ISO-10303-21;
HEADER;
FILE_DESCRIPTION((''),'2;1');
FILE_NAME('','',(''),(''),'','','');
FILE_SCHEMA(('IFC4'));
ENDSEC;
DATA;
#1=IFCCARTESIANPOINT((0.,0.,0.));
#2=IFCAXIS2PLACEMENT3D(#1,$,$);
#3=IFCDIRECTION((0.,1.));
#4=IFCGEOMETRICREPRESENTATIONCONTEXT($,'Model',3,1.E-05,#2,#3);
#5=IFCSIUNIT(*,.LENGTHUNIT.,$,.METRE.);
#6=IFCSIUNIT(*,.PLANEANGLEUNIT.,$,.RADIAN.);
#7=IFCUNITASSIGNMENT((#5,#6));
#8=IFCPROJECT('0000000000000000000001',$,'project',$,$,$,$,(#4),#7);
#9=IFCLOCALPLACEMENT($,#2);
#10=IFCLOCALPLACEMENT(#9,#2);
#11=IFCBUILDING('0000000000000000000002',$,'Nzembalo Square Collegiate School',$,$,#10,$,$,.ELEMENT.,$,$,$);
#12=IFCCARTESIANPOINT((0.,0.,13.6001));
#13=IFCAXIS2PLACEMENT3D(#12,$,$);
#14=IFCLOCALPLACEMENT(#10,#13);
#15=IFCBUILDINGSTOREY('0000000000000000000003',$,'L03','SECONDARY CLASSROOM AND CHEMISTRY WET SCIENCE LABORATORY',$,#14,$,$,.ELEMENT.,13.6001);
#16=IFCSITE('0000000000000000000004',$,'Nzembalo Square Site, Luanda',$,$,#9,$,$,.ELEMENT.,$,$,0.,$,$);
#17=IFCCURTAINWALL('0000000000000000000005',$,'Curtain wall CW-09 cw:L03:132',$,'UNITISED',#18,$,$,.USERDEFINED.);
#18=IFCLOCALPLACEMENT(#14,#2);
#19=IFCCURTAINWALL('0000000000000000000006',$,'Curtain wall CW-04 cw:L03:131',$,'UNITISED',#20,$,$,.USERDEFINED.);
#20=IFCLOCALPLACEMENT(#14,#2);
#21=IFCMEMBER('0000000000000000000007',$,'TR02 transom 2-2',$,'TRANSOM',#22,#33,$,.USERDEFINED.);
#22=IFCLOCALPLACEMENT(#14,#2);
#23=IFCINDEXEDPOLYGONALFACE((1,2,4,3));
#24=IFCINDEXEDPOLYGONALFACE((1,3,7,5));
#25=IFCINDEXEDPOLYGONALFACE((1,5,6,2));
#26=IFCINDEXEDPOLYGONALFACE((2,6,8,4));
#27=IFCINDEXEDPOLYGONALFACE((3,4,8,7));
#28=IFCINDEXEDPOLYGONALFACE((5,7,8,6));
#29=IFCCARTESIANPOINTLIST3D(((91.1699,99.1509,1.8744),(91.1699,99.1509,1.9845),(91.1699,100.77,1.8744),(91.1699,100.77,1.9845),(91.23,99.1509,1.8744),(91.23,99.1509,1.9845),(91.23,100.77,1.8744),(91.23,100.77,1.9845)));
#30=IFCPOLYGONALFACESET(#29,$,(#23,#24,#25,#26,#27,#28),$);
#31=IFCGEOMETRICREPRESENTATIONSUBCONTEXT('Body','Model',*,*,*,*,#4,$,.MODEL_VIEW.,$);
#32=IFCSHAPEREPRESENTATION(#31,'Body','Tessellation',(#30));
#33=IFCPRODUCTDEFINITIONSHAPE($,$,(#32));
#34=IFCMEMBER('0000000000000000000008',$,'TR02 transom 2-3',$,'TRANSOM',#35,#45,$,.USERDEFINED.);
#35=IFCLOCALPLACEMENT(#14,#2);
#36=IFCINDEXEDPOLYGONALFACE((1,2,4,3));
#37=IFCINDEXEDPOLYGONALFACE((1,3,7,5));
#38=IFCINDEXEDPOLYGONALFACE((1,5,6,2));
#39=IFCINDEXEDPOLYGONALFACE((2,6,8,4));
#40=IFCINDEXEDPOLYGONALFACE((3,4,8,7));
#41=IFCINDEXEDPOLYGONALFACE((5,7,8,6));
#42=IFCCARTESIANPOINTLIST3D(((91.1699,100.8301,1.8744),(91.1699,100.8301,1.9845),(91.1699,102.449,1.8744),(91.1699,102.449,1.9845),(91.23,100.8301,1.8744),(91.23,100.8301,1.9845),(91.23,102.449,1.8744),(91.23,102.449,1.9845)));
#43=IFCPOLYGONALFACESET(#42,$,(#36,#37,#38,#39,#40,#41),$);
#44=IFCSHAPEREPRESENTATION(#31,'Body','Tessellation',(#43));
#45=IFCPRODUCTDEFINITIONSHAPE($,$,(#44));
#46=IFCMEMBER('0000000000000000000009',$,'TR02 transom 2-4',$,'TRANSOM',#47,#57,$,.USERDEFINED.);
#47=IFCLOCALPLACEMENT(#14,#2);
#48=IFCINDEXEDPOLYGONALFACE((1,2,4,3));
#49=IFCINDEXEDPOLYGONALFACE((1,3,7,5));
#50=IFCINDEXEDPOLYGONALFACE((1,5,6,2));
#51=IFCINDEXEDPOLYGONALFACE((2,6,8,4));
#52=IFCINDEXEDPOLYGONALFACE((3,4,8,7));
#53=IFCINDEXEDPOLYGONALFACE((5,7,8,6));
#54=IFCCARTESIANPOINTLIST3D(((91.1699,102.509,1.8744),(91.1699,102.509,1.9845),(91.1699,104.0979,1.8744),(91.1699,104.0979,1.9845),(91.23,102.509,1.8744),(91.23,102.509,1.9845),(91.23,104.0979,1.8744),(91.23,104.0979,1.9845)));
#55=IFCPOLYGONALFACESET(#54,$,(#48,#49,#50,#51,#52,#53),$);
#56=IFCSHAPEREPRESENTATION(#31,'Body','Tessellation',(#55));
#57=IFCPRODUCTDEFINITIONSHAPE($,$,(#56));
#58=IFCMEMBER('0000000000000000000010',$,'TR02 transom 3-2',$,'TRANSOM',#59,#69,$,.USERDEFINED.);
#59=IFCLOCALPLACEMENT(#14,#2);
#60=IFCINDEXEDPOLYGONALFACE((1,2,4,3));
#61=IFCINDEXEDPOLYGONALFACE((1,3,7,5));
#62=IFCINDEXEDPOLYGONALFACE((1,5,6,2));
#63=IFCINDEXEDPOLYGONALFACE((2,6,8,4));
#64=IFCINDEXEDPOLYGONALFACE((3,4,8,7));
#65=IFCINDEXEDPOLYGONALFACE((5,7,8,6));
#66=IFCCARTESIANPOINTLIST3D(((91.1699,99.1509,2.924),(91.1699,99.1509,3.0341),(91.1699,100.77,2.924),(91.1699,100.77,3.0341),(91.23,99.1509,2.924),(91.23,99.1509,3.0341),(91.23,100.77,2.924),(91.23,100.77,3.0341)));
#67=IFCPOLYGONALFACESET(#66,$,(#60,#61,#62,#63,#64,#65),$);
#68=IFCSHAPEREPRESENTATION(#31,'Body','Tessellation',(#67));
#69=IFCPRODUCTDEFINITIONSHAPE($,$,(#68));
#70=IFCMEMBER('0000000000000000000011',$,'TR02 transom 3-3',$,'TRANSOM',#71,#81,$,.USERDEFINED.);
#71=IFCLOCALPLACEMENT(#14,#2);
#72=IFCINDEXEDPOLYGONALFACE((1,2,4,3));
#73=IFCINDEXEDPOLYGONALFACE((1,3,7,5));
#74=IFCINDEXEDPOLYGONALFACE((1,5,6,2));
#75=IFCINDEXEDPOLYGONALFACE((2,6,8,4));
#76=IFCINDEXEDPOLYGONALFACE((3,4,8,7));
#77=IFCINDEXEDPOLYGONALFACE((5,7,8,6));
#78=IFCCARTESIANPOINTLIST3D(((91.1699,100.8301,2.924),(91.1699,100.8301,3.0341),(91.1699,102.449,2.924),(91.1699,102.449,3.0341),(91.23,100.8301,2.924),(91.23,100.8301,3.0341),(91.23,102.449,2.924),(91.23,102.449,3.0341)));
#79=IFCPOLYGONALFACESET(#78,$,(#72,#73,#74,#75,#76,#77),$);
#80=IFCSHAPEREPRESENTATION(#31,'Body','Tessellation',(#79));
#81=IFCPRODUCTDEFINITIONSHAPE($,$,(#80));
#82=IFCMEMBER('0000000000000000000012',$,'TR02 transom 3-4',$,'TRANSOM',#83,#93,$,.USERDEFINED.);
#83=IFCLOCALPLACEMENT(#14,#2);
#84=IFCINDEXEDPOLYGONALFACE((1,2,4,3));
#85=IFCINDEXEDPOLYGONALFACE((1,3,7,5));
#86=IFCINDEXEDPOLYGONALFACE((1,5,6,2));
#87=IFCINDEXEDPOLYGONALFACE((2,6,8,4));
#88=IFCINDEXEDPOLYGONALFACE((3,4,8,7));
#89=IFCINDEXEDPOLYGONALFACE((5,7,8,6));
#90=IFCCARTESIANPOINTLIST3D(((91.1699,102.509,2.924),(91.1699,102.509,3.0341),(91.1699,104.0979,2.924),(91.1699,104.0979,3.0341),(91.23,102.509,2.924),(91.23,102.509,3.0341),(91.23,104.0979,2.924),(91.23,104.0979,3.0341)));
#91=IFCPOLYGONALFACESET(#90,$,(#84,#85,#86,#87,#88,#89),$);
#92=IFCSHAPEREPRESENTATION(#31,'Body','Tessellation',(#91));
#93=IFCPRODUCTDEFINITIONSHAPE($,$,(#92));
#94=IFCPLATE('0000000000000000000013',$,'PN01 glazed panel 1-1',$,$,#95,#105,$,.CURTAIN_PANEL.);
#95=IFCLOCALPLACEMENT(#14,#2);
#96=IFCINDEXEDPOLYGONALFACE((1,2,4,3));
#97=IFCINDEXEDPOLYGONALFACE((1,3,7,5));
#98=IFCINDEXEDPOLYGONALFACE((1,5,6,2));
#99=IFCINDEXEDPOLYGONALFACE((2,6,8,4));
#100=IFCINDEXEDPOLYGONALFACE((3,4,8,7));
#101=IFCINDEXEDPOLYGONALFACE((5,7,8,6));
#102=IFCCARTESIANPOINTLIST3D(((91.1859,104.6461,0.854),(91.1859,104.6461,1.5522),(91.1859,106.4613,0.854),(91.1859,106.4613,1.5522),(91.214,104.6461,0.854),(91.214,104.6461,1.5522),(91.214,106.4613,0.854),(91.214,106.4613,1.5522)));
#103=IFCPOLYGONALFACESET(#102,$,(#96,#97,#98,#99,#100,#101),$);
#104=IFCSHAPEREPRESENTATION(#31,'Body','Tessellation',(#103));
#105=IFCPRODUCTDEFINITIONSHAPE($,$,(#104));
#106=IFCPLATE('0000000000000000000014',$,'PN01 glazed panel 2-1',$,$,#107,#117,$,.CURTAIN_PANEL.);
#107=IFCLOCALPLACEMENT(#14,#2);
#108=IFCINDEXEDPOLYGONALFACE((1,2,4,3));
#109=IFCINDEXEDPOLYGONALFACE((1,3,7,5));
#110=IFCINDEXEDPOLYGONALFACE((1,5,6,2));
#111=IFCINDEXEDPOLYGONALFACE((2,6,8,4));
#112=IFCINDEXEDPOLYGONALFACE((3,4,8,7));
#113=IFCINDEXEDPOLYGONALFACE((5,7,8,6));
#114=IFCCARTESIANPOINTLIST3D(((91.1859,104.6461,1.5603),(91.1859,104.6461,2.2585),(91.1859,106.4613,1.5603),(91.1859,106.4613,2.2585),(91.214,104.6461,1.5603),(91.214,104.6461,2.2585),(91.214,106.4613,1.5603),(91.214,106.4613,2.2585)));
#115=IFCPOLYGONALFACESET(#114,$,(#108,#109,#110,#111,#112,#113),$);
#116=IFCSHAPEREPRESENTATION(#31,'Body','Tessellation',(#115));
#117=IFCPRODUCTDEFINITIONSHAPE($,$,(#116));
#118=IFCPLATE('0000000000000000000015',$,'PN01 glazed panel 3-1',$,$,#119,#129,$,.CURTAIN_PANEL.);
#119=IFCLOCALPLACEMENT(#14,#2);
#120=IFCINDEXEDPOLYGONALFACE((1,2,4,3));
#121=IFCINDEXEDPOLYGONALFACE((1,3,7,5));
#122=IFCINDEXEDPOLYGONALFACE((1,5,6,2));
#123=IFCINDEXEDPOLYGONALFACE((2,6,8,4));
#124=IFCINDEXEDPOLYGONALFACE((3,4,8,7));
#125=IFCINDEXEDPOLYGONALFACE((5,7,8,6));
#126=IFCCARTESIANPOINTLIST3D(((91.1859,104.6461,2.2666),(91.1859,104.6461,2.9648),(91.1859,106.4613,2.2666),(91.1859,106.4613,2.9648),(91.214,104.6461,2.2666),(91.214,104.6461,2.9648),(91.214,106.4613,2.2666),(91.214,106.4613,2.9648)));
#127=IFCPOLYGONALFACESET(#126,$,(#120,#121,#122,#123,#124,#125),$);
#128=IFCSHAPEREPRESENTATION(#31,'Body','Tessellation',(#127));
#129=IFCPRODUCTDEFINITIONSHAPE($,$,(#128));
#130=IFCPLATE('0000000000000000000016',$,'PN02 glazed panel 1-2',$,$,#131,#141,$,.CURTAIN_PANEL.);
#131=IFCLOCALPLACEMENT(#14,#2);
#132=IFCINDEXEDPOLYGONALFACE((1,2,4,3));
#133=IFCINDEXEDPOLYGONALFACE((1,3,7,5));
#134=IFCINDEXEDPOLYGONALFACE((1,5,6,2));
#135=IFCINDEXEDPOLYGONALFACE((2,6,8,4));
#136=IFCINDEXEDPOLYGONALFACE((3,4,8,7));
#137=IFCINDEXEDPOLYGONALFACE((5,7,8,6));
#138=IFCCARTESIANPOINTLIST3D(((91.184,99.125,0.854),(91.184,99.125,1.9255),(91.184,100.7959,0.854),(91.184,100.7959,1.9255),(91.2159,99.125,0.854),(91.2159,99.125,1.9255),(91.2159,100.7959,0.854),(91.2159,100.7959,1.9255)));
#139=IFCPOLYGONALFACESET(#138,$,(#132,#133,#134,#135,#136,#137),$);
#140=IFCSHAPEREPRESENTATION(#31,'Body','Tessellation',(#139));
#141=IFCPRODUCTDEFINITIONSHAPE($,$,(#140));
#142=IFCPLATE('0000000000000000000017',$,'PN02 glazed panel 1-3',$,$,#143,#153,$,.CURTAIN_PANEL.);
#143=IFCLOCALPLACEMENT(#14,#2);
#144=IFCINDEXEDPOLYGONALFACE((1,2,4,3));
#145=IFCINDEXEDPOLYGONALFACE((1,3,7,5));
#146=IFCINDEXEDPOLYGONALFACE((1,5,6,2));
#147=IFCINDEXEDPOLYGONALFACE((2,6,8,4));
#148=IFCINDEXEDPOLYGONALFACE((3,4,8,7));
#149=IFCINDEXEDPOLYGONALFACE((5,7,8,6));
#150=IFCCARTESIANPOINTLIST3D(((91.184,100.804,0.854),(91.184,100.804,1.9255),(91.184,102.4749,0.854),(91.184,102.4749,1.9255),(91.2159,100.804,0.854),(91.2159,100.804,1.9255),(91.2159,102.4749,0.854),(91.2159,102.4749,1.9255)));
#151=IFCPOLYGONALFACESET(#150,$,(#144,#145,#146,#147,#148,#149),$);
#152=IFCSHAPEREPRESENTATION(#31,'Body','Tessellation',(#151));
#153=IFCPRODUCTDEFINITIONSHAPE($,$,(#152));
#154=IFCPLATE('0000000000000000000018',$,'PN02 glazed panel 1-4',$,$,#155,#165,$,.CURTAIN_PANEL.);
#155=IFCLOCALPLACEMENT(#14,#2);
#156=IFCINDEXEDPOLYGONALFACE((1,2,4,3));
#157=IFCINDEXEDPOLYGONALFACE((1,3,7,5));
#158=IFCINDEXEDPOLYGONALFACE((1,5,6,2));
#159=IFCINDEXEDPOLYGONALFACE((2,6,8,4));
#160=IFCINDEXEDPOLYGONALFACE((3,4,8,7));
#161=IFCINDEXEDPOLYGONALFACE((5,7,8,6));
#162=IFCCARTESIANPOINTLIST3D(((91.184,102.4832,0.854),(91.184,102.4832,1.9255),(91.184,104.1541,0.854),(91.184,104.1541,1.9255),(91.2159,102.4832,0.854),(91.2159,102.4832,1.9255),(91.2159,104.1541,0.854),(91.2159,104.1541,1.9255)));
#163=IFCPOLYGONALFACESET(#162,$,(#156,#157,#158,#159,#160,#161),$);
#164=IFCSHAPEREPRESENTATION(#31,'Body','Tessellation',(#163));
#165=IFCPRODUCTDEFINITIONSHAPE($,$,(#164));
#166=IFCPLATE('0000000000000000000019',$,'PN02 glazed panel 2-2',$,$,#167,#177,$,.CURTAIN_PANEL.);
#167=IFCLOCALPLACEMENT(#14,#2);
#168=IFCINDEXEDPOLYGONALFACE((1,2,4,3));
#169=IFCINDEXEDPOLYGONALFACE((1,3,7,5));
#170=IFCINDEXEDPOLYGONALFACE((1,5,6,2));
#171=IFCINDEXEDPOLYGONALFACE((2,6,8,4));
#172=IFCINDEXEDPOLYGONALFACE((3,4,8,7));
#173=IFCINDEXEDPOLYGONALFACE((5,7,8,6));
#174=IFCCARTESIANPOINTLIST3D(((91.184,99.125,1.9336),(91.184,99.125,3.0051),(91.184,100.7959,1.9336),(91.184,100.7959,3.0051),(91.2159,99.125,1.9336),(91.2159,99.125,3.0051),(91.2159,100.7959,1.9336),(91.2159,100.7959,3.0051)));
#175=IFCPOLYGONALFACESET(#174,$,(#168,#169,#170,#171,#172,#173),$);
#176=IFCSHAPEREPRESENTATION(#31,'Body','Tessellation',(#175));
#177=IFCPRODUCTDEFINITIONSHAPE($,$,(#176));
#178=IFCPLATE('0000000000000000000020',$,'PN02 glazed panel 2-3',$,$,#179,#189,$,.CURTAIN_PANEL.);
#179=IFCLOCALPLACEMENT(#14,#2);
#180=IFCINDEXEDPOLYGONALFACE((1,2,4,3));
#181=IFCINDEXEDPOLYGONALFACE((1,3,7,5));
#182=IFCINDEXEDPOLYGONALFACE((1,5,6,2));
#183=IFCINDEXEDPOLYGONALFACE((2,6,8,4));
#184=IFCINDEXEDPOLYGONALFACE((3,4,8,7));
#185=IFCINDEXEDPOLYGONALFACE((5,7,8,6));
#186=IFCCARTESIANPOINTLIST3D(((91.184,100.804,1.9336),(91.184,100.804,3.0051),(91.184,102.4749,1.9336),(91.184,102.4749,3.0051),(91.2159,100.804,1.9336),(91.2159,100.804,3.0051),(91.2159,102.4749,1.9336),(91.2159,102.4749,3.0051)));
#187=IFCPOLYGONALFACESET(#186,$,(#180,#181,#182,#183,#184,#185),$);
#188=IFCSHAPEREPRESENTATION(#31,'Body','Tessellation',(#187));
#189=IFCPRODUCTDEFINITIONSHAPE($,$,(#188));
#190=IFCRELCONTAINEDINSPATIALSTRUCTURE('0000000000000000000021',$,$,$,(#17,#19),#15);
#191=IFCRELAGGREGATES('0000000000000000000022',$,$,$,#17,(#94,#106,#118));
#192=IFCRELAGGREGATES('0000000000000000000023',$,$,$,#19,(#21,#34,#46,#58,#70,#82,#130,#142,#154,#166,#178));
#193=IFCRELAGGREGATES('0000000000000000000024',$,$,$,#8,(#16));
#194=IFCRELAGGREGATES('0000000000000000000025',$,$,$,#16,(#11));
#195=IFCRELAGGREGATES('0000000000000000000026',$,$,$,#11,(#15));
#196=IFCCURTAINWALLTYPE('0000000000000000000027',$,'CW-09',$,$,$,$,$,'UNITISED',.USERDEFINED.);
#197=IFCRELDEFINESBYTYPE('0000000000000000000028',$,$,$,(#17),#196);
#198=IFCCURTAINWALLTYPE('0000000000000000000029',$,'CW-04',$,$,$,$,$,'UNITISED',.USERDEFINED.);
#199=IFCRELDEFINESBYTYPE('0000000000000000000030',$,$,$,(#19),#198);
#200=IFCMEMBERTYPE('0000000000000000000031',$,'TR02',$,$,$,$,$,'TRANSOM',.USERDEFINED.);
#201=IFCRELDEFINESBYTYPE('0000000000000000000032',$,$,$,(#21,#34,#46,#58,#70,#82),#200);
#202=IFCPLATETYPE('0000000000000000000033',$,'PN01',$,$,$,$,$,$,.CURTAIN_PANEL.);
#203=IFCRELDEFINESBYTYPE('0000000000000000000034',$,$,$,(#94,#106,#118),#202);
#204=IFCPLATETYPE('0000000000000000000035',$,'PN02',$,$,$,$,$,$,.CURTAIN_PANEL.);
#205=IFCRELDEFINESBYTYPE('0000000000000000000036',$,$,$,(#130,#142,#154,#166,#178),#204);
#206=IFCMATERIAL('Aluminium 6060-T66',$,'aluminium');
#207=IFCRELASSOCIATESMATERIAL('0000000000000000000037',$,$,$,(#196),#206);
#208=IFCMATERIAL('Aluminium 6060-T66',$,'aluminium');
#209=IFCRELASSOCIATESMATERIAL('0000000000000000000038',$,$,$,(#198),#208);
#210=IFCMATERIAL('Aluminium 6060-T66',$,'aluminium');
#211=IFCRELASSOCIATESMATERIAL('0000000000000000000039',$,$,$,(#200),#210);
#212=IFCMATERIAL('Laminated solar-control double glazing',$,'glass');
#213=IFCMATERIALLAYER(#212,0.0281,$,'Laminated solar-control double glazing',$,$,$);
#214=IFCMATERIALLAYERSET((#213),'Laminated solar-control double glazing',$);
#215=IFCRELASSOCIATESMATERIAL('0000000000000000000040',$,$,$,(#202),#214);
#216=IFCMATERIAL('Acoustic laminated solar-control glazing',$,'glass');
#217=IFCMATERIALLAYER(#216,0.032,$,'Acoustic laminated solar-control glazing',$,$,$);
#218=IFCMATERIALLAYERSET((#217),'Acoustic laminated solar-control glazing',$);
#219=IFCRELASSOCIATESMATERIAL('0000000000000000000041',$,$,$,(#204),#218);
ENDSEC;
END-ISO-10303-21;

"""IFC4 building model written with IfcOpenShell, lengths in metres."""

from ifc_helpers import new_model, si_unit, direction, frame, origin, origin_2d, place, context, subcontext, project, spatial, rectangle, extrude, material, layer, layer_set, material_profile, profile_set, type_object, element, aggregate, save


model = new_model("IFC4")

# Units and contexts
model_context = context("Model", 3, precision=1e-05, world=origin(), true_north=direction((0.0, 1.0)))
body_context = subcontext(model_context, "Body", "Model", "MODEL_VIEW")
ifc_project = project(units=[si_unit("LENGTHUNIT", "METRE"), si_unit("PLANEANGLEUNIT", "RADIAN")], contexts=[model_context])

# Site, building, storey
site_placement = place(None, origin())
site = spatial("IfcSite", under=ifc_project, at=site_placement, Name="Nzembalo Square Site, Luanda", CompositionType="ELEMENT", RefElevation=0.0)
building_placement = place(site_placement, origin())
building = spatial("IfcBuilding", under=site, at=building_placement, Name="Nzembalo Square Collegiate School", CompositionType="ELEMENT")
storey_placement = place(building_placement, frame((0.0, 0.0, 13.6001)))
storey = spatial("IfcBuildingStorey", under=building, at=storey_placement, Name="L03", Description="SECONDARY CLASSROOM AND CHEMISTRY WET SCIENCE LABORATORY", CompositionType="ELEMENT", Elevation=13.6001)

# Curtain walls
ifc_material_1 = material(Name="Aluminium 6060-T66", Category="aluminium")
curtain_wall_type_1 = type_object("IfcCurtainWallType", Name="CW-09", ElementType="UNITISED", PredefinedType="USERDEFINED", material=ifc_material_1)
curtain_wall_1_placement = place(storey_placement, origin())
curtain_wall_1 = element("IfcCurtainWall", 1, at=curtain_wall_1_placement, inside=storey, type_object=curtain_wall_type_1, Name="Curtain wall CW-09 cw:L03:132", ObjectType="UNITISED", PredefinedType="USERDEFINED")
ifc_material_2 = material(Name="Aluminium 6060-T66", Category="aluminium")
curtain_wall_type_2 = type_object("IfcCurtainWallType", Name="CW-04", ElementType="UNITISED", PredefinedType="USERDEFINED", material=ifc_material_2)
curtain_wall_2_placement = place(storey_placement, origin())
curtain_wall_2 = element("IfcCurtainWall", 2, at=curtain_wall_2_placement, inside=storey, type_object=curtain_wall_type_2, Name="Curtain wall CW-04 cw:L03:131", ObjectType="UNITISED", PredefinedType="USERDEFINED")

# Members
ifc_material_3 = material(Name="Aluminium 6060-T66", Category="aluminium")
ifc_material_profile_1 = material_profile(ifc_material_3, rectangle(XDim=0.0601, YDim=0.1101, at=origin_2d()), Name="ALU T60x110")
ifc_profile_set_1 = profile_set([ifc_material_profile_1], Name="Aluminium 6060-T66")
member_type_1 = type_object("IfcMemberType", Name="TR02", ElementType="TRANSOM", PredefinedType="USERDEFINED", material=ifc_profile_set_1)
member_1_placement = place(storey_placement, frame((91.2, 99.1509, 1.9294), z_axis=(0.0, 1.0, 0.0), x_axis=(-1.0, 0.0, 0.0)))
member_1 = element("IfcMember", 3, at=member_1_placement, type_object=member_type_1, Name="TR02 transom 2-2", ObjectType="TRANSOM", PredefinedType="USERDEFINED", context=body_context, shape_type="SweptSolid", body=[
    extrude(rectangle(XDim=0.0601, YDim=0.1101, at=origin_2d()), origin(), (0.0, 0.0, 1.0), 1.6191),
])
member_2_placement = place(storey_placement, frame((91.2, 100.8301, 1.9294), z_axis=(0.0, 1.0, 0.0), x_axis=(-1.0, 0.0, 0.0)))
member_2 = element("IfcMember", 4, at=member_2_placement, type_object=member_type_1, Name="TR02 transom 2-3", ObjectType="TRANSOM", PredefinedType="USERDEFINED", context=body_context, shape_type="SweptSolid", body=[
    extrude(rectangle(XDim=0.0601, YDim=0.1101, at=origin_2d()), origin(), (0.0, 0.0, 1.0), 1.6189),
])
member_3_placement = place(storey_placement, frame((91.2, 102.509, 1.9294), z_axis=(0.0, 1.0, 0.0), x_axis=(-1.0, 0.0, 0.0)))
member_3 = element("IfcMember", 5, at=member_3_placement, type_object=member_type_1, Name="TR02 transom 2-4", ObjectType="TRANSOM", PredefinedType="USERDEFINED", context=body_context, shape_type="SweptSolid", body=[
    extrude(rectangle(XDim=0.0601, YDim=0.1101, at=origin_2d()), origin(), (0.0, 0.0, 1.0), 1.5889),
])
member_4_placement = place(storey_placement, frame((91.2, 99.1509, 2.979), z_axis=(0.0, 1.0, 0.0), x_axis=(-1.0, 0.0, 0.0)))
member_4 = element("IfcMember", 6, at=member_4_placement, type_object=member_type_1, Name="TR02 transom 3-2", ObjectType="TRANSOM", PredefinedType="USERDEFINED", context=body_context, shape_type="SweptSolid", body=[
    extrude(rectangle(XDim=0.0601, YDim=0.1101, at=origin_2d()), origin(), (0.0, 0.0, 1.0), 1.6191),
])
member_5_placement = place(storey_placement, frame((91.2, 100.8301, 2.979), z_axis=(0.0, 1.0, 0.0), x_axis=(-1.0, 0.0, 0.0)))
member_5 = element("IfcMember", 7, at=member_5_placement, type_object=member_type_1, Name="TR02 transom 3-3", ObjectType="TRANSOM", PredefinedType="USERDEFINED", context=body_context, shape_type="SweptSolid", body=[
    extrude(rectangle(XDim=0.0601, YDim=0.1101, at=origin_2d()), origin(), (0.0, 0.0, 1.0), 1.6189),
])
member_6_placement = place(storey_placement, frame((91.2, 102.509, 2.979), z_axis=(0.0, 1.0, 0.0), x_axis=(-1.0, 0.0, 0.0)))
member_6 = element("IfcMember", 8, at=member_6_placement, type_object=member_type_1, Name="TR02 transom 3-4", ObjectType="TRANSOM", PredefinedType="USERDEFINED", context=body_context, shape_type="SweptSolid", body=[
    extrude(rectangle(XDim=0.0601, YDim=0.1101, at=origin_2d()), origin(), (0.0, 0.0, 1.0), 1.5889),
])

# Plates
ifc_material_4 = material(Name="Laminated solar-control double glazing", Category="glass")
ifc_layer_1 = layer(ifc_material_4, 0.0281, Name="Laminated solar-control double glazing")
ifc_layer_set_1 = layer_set([ifc_layer_1], Name="Laminated solar-control double glazing")
plate_type_1 = type_object("IfcPlateType", Name="PN01", PredefinedType="CURTAIN_PANEL", material=ifc_layer_set_1)
plate_1_placement = place(storey_placement, frame((91.2, 105.5537, 0.854), z_axis=(0.0, 0.0, 1.0), x_axis=(0.0, 1.0, 0.0)))
plate_1 = element("IfcPlate", 9, at=plate_1_placement, type_object=plate_type_1, Name="PN01 glazed panel 1-1", PredefinedType="CURTAIN_PANEL", context=body_context, shape_type="SweptSolid", body=[
    extrude(rectangle(XDim=1.8152, YDim=0.0281, at=origin_2d()), origin(), (0.0, 0.0, 1.0), 0.6982),
])
plate_2_placement = place(storey_placement, frame((91.2, 105.5537, 1.5603), z_axis=(0.0, 0.0, 1.0), x_axis=(0.0, 1.0, 0.0)))
plate_2 = element("IfcPlate", 10, at=plate_2_placement, type_object=plate_type_1, Name="PN01 glazed panel 2-1", PredefinedType="CURTAIN_PANEL", context=body_context, shape_type="SweptSolid", body=[
    extrude(rectangle(XDim=1.8152, YDim=0.0281, at=origin_2d()), origin(), (0.0, 0.0, 1.0), 0.6982),
])
plate_3_placement = place(storey_placement, frame((91.2, 105.5537, 2.2666), z_axis=(0.0, 0.0, 1.0), x_axis=(0.0, 1.0, 0.0)))
plate_3 = element("IfcPlate", 11, at=plate_3_placement, type_object=plate_type_1, Name="PN01 glazed panel 3-1", PredefinedType="CURTAIN_PANEL", context=body_context, shape_type="SweptSolid", body=[
    extrude(rectangle(XDim=1.8152, YDim=0.0281, at=origin_2d()), origin(), (0.0, 0.0, 1.0), 0.6982),
])
aggregate(curtain_wall_1, [plate_1, plate_2, plate_3])
ifc_material_5 = material(Name="Acoustic laminated solar-control glazing", Category="glass")
ifc_layer_2 = layer(ifc_material_5, 0.032, Name="Acoustic laminated solar-control glazing")
ifc_layer_set_2 = layer_set([ifc_layer_2], Name="Acoustic laminated solar-control glazing")
plate_type_2 = type_object("IfcPlateType", Name="PN02", PredefinedType="CURTAIN_PANEL", material=ifc_layer_set_2)
plate_4_placement = place(storey_placement, frame((91.2, 99.9604, 0.854), z_axis=(0.0, 0.0, 1.0), x_axis=(0.0, 1.0, 0.0)))
plate_4 = element("IfcPlate", 12, at=plate_4_placement, type_object=plate_type_2, Name="PN02 glazed panel 1-2", PredefinedType="CURTAIN_PANEL", context=body_context, shape_type="SweptSolid", body=[
    extrude(rectangle(XDim=1.6709, YDim=0.032, at=origin_2d()), origin(), (0.0, 0.0, 1.0), 1.0715),
])
plate_5_placement = place(storey_placement, frame((91.2, 101.6394, 0.854), z_axis=(0.0, 0.0, 1.0), x_axis=(0.0, 1.0, 0.0)))
plate_5 = element("IfcPlate", 13, at=plate_5_placement, type_object=plate_type_2, Name="PN02 glazed panel 1-3", PredefinedType="CURTAIN_PANEL", context=body_context, shape_type="SweptSolid", body=[
    extrude(rectangle(XDim=1.6709, YDim=0.032, at=origin_2d()), origin(), (0.0, 0.0, 1.0), 1.0715),
])
plate_6_placement = place(storey_placement, frame((91.2, 103.3186, 0.854), z_axis=(0.0, 0.0, 1.0), x_axis=(0.0, 1.0, 0.0)))
plate_6 = element("IfcPlate", 14, at=plate_6_placement, type_object=plate_type_2, Name="PN02 glazed panel 1-4", PredefinedType="CURTAIN_PANEL", context=body_context, shape_type="SweptSolid", body=[
    extrude(rectangle(XDim=1.6709, YDim=0.032, at=origin_2d()), origin(), (0.0, 0.0, 1.0), 1.0715),
])
plate_7_placement = place(storey_placement, frame((91.2, 99.9604, 1.9336), z_axis=(0.0, 0.0, 1.0), x_axis=(0.0, 1.0, 0.0)))
plate_7 = element("IfcPlate", 15, at=plate_7_placement, type_object=plate_type_2, Name="PN02 glazed panel 2-2", PredefinedType="CURTAIN_PANEL", context=body_context, shape_type="SweptSolid", body=[
    extrude(rectangle(XDim=1.6709, YDim=0.032, at=origin_2d()), origin(), (0.0, 0.0, 1.0), 1.0715),
])
plate_8_placement = place(storey_placement, frame((91.2, 101.6394, 1.9336), z_axis=(0.0, 0.0, 1.0), x_axis=(0.0, 1.0, 0.0)))
plate_8 = element("IfcPlate", 16, at=plate_8_placement, type_object=plate_type_2, Name="PN02 glazed panel 2-3", PredefinedType="CURTAIN_PANEL", context=body_context, shape_type="SweptSolid", body=[
    extrude(rectangle(XDim=1.6709, YDim=0.032, at=origin_2d()), origin(), (0.0, 0.0, 1.0), 1.0715),
])
aggregate(curtain_wall_2, [member_1, member_2, member_3, member_4, member_5, member_6, plate_4, plate_5, plate_6, plate_7, plate_8])

save(model, "model.ifc")
